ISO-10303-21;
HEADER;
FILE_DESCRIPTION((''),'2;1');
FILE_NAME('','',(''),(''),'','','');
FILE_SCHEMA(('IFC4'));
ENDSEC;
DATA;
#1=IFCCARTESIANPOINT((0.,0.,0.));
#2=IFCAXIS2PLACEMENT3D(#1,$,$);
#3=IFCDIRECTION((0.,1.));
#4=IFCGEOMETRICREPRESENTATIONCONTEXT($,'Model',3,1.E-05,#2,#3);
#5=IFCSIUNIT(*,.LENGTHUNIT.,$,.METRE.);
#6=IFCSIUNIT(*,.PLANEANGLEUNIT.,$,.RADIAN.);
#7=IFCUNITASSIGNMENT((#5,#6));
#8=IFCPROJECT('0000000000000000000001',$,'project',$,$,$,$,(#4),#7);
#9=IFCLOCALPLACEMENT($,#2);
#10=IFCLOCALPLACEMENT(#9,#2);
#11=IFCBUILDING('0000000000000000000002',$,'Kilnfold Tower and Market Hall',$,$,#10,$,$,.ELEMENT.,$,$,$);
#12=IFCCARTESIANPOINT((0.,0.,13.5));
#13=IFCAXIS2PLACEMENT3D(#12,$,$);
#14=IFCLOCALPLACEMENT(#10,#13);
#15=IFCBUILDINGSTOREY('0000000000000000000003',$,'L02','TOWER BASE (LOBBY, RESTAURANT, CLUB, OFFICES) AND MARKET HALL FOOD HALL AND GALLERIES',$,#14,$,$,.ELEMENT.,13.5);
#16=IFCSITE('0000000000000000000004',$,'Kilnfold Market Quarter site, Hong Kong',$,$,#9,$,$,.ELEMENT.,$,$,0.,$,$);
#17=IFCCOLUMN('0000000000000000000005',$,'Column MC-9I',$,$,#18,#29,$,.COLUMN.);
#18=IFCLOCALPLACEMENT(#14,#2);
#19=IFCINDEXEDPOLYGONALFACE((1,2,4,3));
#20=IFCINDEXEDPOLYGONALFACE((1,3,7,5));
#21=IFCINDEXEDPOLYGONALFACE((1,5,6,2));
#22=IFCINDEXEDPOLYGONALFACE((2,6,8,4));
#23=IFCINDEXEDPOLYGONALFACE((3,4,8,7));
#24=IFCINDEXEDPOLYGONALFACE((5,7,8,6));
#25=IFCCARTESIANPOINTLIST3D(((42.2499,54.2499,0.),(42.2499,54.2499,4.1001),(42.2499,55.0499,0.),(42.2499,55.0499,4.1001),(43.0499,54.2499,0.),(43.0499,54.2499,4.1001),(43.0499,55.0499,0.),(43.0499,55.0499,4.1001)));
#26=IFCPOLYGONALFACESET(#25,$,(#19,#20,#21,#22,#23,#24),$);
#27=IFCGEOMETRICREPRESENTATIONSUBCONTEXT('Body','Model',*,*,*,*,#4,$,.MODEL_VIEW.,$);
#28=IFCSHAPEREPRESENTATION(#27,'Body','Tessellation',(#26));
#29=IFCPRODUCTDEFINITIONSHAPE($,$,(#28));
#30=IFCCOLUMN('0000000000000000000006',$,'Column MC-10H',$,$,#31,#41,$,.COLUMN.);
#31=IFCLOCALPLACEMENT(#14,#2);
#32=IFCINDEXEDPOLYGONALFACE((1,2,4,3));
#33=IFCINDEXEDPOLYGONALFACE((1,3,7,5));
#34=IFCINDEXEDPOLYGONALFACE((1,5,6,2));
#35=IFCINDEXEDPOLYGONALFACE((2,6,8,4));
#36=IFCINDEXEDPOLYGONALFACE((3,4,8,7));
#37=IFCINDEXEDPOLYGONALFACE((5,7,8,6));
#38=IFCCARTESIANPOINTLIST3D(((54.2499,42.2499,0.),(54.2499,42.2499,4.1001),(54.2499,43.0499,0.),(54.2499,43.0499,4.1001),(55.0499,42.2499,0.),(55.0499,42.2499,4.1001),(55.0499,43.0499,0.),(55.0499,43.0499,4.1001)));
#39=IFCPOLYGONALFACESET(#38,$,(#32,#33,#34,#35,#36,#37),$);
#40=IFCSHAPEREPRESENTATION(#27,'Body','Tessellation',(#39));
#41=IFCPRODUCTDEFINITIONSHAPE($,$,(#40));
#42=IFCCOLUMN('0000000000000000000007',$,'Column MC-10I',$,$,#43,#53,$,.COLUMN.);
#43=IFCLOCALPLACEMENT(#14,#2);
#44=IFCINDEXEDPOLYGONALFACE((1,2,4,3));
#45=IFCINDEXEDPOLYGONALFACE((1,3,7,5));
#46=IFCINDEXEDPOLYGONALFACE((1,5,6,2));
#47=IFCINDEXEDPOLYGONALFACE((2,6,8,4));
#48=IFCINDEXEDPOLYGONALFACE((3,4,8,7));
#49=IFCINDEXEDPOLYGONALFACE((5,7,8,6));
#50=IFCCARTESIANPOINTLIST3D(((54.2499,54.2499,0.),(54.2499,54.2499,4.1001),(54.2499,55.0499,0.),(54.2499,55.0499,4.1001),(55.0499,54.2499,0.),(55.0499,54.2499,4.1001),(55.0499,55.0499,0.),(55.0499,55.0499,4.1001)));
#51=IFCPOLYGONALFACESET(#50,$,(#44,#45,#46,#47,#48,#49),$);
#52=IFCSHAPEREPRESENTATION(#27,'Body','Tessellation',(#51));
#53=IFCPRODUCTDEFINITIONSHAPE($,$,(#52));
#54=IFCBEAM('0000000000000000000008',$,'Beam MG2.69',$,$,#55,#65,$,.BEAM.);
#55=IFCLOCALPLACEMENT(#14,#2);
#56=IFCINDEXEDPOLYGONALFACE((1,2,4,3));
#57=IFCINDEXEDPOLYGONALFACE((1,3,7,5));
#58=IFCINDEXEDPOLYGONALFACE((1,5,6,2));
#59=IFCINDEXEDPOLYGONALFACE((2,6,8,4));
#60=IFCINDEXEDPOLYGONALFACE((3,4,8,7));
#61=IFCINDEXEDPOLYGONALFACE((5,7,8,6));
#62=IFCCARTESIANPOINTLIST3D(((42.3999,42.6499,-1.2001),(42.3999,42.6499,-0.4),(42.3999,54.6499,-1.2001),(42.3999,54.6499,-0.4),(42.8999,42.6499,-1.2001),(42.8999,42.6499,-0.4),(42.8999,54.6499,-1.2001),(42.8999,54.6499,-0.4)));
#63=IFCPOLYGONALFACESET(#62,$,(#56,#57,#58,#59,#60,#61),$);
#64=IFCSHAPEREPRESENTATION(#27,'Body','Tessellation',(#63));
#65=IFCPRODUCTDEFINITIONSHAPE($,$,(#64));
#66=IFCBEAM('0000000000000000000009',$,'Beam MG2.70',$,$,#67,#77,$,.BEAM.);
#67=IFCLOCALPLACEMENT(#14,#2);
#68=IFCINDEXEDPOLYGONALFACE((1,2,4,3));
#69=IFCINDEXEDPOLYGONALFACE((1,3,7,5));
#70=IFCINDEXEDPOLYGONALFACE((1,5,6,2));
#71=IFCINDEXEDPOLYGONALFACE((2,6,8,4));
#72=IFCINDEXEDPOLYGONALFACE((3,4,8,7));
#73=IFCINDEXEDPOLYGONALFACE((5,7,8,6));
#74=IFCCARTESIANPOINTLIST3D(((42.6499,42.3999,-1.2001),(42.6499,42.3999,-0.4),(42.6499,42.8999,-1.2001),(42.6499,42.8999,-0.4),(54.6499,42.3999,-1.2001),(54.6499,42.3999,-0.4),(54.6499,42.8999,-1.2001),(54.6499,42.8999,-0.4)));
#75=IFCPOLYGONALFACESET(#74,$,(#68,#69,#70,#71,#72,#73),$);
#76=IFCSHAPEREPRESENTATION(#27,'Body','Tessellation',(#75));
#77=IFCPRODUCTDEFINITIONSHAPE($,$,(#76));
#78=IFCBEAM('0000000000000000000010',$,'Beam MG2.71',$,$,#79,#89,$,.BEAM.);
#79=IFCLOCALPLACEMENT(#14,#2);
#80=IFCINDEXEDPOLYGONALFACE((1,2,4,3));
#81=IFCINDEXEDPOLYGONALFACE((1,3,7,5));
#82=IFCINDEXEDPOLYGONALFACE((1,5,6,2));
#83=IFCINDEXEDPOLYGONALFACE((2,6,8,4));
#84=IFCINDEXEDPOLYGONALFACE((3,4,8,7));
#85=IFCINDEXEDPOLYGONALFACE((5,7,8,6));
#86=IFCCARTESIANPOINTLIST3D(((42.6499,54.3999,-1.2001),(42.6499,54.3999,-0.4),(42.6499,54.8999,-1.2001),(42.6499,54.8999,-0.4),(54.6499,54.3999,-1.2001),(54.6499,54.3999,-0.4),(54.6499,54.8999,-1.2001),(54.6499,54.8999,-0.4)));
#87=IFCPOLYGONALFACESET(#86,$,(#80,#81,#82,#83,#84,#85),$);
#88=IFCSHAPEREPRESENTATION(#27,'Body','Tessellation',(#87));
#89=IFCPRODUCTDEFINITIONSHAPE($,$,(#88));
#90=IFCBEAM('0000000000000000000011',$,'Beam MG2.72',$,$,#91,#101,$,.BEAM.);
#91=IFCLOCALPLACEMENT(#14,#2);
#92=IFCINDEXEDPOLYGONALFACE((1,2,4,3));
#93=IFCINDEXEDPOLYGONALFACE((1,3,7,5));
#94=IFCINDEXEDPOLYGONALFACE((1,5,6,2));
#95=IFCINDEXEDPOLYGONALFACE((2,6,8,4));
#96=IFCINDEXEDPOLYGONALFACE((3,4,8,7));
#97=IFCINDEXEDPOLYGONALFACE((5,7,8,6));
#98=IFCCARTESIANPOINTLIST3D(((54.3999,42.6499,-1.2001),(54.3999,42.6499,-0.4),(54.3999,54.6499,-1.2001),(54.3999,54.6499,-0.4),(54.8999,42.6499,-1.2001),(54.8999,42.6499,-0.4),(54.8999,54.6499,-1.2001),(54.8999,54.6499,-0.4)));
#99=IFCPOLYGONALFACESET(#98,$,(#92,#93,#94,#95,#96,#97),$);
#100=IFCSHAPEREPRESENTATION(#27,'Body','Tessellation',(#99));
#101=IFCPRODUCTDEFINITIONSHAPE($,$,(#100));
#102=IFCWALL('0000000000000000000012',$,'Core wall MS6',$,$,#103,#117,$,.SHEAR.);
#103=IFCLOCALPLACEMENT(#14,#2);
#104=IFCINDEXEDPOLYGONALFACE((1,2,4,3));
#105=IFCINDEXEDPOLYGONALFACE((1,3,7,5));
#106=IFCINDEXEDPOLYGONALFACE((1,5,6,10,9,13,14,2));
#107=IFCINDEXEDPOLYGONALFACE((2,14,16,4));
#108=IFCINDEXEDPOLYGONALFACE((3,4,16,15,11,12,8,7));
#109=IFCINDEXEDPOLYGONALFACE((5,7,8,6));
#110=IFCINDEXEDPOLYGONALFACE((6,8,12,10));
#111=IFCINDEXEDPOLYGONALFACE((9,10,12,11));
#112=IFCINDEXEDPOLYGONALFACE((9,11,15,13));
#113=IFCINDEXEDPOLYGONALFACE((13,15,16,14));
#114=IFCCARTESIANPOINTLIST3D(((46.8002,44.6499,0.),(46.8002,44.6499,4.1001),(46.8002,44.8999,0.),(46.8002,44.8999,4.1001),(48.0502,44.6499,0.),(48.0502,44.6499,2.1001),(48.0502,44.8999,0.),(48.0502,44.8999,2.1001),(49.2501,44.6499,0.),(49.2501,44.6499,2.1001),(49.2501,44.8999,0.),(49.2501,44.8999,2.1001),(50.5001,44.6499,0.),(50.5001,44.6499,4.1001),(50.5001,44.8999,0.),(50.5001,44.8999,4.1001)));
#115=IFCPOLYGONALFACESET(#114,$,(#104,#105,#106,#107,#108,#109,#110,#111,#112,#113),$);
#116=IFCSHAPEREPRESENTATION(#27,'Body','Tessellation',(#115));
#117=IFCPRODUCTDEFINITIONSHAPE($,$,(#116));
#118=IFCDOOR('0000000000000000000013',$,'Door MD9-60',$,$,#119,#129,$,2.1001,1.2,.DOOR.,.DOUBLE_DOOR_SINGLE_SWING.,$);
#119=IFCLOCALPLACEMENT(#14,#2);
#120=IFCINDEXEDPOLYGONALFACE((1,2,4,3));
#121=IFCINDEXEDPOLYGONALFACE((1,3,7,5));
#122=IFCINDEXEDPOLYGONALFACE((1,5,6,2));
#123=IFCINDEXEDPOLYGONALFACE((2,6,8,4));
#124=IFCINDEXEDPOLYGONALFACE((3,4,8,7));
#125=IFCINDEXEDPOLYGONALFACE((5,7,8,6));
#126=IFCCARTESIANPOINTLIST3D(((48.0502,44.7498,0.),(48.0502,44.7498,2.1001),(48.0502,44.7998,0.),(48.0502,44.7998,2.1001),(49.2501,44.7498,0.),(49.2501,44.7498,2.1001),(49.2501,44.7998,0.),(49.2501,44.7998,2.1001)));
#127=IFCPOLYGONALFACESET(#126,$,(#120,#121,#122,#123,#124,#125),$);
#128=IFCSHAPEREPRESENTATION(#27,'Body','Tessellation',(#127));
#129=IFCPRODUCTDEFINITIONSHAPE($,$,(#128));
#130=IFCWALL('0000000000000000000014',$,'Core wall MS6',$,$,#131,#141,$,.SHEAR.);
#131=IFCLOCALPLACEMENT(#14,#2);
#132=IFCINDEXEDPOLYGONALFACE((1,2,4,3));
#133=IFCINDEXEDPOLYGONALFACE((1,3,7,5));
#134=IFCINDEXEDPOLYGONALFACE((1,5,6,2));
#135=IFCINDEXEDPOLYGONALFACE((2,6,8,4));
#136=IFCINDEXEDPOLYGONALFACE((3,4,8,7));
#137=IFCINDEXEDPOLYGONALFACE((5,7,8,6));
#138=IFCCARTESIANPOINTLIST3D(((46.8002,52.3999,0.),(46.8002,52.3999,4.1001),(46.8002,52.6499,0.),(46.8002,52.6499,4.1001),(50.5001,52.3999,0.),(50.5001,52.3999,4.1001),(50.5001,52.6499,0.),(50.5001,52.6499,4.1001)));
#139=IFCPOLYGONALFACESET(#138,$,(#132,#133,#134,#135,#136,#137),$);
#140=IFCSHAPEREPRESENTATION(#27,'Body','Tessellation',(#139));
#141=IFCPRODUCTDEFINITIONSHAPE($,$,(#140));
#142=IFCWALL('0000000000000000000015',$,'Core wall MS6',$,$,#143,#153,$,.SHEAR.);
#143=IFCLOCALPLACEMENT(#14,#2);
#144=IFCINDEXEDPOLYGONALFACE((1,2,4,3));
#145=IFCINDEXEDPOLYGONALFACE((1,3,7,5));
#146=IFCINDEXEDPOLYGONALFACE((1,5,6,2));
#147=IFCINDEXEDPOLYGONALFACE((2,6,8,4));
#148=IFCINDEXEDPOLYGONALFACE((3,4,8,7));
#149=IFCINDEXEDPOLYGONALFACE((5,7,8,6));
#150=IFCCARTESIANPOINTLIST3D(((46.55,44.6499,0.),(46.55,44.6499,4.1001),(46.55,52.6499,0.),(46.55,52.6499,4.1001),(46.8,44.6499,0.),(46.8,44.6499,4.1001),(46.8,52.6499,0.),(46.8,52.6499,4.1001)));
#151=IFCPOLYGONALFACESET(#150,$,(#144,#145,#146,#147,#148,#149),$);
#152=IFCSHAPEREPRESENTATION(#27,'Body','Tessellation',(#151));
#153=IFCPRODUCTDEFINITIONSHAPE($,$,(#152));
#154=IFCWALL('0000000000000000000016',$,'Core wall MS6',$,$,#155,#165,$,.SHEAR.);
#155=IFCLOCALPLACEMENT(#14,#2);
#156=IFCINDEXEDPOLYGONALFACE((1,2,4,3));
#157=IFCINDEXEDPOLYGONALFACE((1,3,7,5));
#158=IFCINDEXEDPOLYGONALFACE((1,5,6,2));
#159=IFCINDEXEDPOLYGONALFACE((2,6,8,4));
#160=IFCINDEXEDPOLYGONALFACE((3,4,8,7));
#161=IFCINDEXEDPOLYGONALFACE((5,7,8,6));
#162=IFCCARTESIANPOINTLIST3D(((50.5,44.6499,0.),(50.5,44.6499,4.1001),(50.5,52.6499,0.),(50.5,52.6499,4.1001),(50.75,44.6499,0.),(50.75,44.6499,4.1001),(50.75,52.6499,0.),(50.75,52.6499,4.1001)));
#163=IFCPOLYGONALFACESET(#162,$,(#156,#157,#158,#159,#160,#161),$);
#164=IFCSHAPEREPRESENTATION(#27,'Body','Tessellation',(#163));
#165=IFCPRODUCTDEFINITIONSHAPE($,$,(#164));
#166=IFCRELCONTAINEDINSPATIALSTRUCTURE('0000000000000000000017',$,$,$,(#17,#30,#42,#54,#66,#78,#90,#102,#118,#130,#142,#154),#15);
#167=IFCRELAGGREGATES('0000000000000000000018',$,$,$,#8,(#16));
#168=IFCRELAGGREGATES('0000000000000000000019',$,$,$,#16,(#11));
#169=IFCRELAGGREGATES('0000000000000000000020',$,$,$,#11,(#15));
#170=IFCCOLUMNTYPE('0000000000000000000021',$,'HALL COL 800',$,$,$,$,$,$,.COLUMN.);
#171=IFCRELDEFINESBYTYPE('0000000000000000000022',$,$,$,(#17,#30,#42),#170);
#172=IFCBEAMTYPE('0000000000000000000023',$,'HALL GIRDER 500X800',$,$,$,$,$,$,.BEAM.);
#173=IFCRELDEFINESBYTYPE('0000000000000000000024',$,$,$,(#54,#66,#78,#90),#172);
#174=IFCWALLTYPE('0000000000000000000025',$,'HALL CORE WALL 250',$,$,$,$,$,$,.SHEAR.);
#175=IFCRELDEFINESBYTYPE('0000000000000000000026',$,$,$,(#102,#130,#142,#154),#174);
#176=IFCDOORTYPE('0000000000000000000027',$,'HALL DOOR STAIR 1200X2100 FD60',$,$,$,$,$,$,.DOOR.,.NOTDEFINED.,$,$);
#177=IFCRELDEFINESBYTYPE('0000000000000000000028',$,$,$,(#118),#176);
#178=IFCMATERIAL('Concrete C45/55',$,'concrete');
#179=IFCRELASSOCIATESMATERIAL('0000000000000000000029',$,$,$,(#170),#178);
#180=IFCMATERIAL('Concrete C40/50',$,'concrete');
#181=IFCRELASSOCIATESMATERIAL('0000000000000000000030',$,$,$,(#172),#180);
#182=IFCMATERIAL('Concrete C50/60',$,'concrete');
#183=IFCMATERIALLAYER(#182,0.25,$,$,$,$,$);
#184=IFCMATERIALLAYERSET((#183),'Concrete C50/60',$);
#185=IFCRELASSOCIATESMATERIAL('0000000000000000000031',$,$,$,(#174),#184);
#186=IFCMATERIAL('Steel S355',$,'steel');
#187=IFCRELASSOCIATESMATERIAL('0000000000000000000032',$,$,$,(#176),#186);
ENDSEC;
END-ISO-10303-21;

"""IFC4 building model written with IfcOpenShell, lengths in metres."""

from ifc_helpers import new_model, si_unit, direction, frame, frame_2d, origin, origin_2d, place, context, subcontext, project, spatial, rectangle, extrude, source, transform, mapped, material, layer, layer_set, material_profile, profile_set, type_object, element, fill, save


model = new_model("IFC4")

# Units and contexts
model_context = context("Model", 3, precision=1e-05, world=origin(), true_north=direction((0.0, 1.0)))
body_context = subcontext(model_context, "Body", "Model", "MODEL_VIEW")
ifc_project = project(units=[si_unit("LENGTHUNIT", "METRE"), si_unit("PLANEANGLEUNIT", "RADIAN")], contexts=[model_context])

# Site, building, storey
site_placement = place(None, origin())
site = spatial("IfcSite", under=ifc_project, at=site_placement, Name="Kilnfold Market Quarter site, Hong Kong", CompositionType="ELEMENT", RefElevation=0.0)
building_placement = place(site_placement, origin())
building = spatial("IfcBuilding", under=site, at=building_placement, Name="Kilnfold Tower and Market Hall", CompositionType="ELEMENT")
storey_placement = place(building_placement, frame((0.0, 0.0, 13.5)))
storey = spatial("IfcBuildingStorey", under=building, at=storey_placement, Name="L02", Description="TOWER BASE (LOBBY, RESTAURANT, CLUB, OFFICES) AND MARKET HALL FOOD HALL AND GALLERIES", CompositionType="ELEMENT", Elevation=13.5)

# Columns
ifc_material_1 = material(Name="Concrete C45/55", Category="concrete")
ifc_material_profile_1 = material_profile(ifc_material_1, rectangle(XDim=0.8, YDim=0.8, at=origin_2d()), Name="RC 800x800")
ifc_profile_set_1 = profile_set([ifc_material_profile_1], Name="Concrete C45/55")
column_type = type_object("IfcColumnType", Name="HALL COL 800", PredefinedType="COLUMN", material=ifc_profile_set_1)
shared_shape_1 = source(origin(), body_context, "Body", "SweptSolid", [
    extrude(rectangle(XDim=0.8, YDim=0.8, at=origin_2d()), origin(), (0.0, 0.0, 1.0), 4.1001),
])
for number, where, z_axis, x_axis, name in (
    (1, (42.6499, 54.6499, 0.0), (0.0, 0.0, 1.0), (1.0, 0.0, 0.0), "Column MC-9I"),
    (2, (54.6499, 42.6499, 0.0), (0.0, 0.0, 1.0), (1.0, 0.0, 0.0), "Column MC-10H"),
    (3, (54.6499, 54.6499, 0.0), (0.0, 0.0, 1.0), (1.0, 0.0, 0.0), "Column MC-10I"),
):
    element("IfcColumn", number, at=place(storey_placement, frame(where, z_axis=z_axis, x_axis=x_axis)), inside=storey, type_object=column_type, Name=name, PredefinedType="COLUMN", context=body_context, shape_type="MappedRepresentation", body=[
        mapped(shared_shape_1, transform((0.0, 0.0, 0.0))),
    ])

# Beams
ifc_material_2 = material(Name="Concrete C40/50", Category="concrete")
ifc_material_profile_2 = material_profile(ifc_material_2, rectangle(XDim=0.5, YDim=0.8, at=origin_2d()), Name="RC 500x800")
ifc_profile_set_2 = profile_set([ifc_material_profile_2], Name="Concrete C40/50")
beam_type = type_object("IfcBeamType", Name="HALL GIRDER 500X800", PredefinedType="BEAM", material=ifc_profile_set_2)
for number, where, z_axis, x_axis, name in (
    (4, (42.6499, 42.6499, -0.8), (0.0, 1.0, 0.0), (-1.0, 0.0, 0.0), "Beam MG2.69"),
    (5, (42.6499, 42.6499, -0.8), (1.0, 0.0, 0.0), (0.0, 1.0, 0.0), "Beam MG2.70"),
    (6, (42.6499, 54.6499, -0.8), (1.0, 0.0, 0.0), (0.0, 1.0, 0.0), "Beam MG2.71"),
    (7, (54.6499, 42.6499, -0.8), (0.0, 1.0, 0.0), (-1.0, 0.0, 0.0), "Beam MG2.72"),
):
    element("IfcBeam", number, at=place(storey_placement, frame(where, z_axis=z_axis, x_axis=x_axis)), inside=storey, type_object=beam_type, Name=name, PredefinedType="BEAM", context=body_context, shape_type="SweptSolid", body=[
        extrude(rectangle(XDim=0.5, YDim=0.8, at=origin_2d()), origin(), (0.0, 0.0, 1.0), 12.0),
    ])

# Wall, opening, door
ifc_material_3 = material(Name="Concrete C50/60", Category="concrete")
ifc_layer_1 = layer(ifc_material_3, 0.25)
ifc_layer_set_1 = layer_set([ifc_layer_1], Name="Concrete C50/60")
wall_type_1 = type_object("IfcWallType", Name="HALL CORE WALL 250", PredefinedType="SHEAR", material=ifc_layer_set_1)
shared_shape_2 = source(origin(), body_context, "Body", "SweptSolid", [
    extrude(rectangle(XDim=3.7, YDim=0.25, at=frame_2d((1.8501, 0.0))), origin(), (0.0, 0.0, 1.0), 4.1001),
])
wall_1_placement = place(storey_placement, frame((46.8, 44.7749, 0.0), z_axis=(0.0, 0.0, 1.0), x_axis=(1.0, 0.0, 0.0)))
wall_1 = element("IfcWall", 8, at=wall_1_placement, inside=storey, type_object=wall_type_1, Name="Core wall MS6", PredefinedType="SHEAR", context=body_context, shape_type="MappedRepresentation", body=[
    mapped(shared_shape_2, transform((0.0, 0.0, 0.0))),
])
opening_1_placement = place(wall_1_placement, frame((1.25, 0.0, 0.0)))
opening_1 = element("IfcOpeningElement", 9, at=opening_1_placement, cuts=wall_1, PredefinedType="OPENING", context=body_context, shape_type="SweptSolid", body=[
    extrude(rectangle(XDim=1.2, YDim=2.1001, at=frame_2d((0.6001, 1.05))), frame((0.0, 0.135, 0.0), z_axis=(0.0, -1.0, 0.0), x_axis=(1.0, 0.0, 0.0)), (0.0, 0.0, 1.0), 0.27),
])
ifc_material_4 = material(Name="Steel S355", Category="steel")
door_type_1 = type_object("IfcDoorType", Name="HALL DOOR STAIR 1200X2100 FD60", OperationType="NOTDEFINED", PredefinedType="DOOR", material=ifc_material_4)
door_1_placement = place(opening_1_placement, origin())
door_1 = element("IfcDoor", 10, at=door_1_placement, inside=storey, type_object=door_type_1, Name="Door MD9-60", OperationType="DOUBLE_DOOR_SINGLE_SWING", OverallHeight=2.1001, OverallWidth=1.2, PredefinedType="DOOR", context=body_context, shape_type="SweptSolid", body=[
    extrude(rectangle(XDim=1.2, YDim=2.1001, at=frame_2d((0.6001, 1.05))), frame((0.0, 0.0249, 0.0), z_axis=(0.0, -1.0, 0.0), x_axis=(1.0, 0.0, 0.0)), (0.0, 0.0, 1.0), 0.05),
])
fill(opening_1, door_1)

# Walls
wall_2_placement = place(storey_placement, frame((46.8, 52.5249, 0.0), z_axis=(0.0, 0.0, 1.0), x_axis=(1.0, 0.0, 0.0)))
element("IfcWall", 11, at=wall_2_placement, inside=storey, type_object=wall_type_1, Name="Core wall MS6", PredefinedType="SHEAR", context=body_context, shape_type="MappedRepresentation", body=[
    mapped(shared_shape_2, transform((0.0, 0.0, 0.0))),
])
shared_shape_3 = source(origin(), body_context, "Body", "SweptSolid", [
    extrude(rectangle(XDim=8.0, YDim=0.25, at=frame_2d((4.0, 0.0))), origin(), (0.0, 0.0, 1.0), 4.1001),
])
for number, where, z_axis, x_axis, name in (
    (12, (46.675, 44.6499, 0.0), (0.0, 0.0, 1.0), (0.0, 1.0, 0.0), "Core wall MS6"),
    (13, (50.625, 44.6499, 0.0), (0.0, 0.0, 1.0), (0.0, 1.0, 0.0), "Core wall MS6"),
):
    element("IfcWall", number, at=place(storey_placement, frame(where, z_axis=z_axis, x_axis=x_axis)), inside=storey, type_object=wall_type_1, Name=name, PredefinedType="SHEAR", context=body_context, shape_type="MappedRepresentation", body=[
        mapped(shared_shape_3, transform((0.0, 0.0, 0.0))),
    ])

save(model, "model.ifc")
